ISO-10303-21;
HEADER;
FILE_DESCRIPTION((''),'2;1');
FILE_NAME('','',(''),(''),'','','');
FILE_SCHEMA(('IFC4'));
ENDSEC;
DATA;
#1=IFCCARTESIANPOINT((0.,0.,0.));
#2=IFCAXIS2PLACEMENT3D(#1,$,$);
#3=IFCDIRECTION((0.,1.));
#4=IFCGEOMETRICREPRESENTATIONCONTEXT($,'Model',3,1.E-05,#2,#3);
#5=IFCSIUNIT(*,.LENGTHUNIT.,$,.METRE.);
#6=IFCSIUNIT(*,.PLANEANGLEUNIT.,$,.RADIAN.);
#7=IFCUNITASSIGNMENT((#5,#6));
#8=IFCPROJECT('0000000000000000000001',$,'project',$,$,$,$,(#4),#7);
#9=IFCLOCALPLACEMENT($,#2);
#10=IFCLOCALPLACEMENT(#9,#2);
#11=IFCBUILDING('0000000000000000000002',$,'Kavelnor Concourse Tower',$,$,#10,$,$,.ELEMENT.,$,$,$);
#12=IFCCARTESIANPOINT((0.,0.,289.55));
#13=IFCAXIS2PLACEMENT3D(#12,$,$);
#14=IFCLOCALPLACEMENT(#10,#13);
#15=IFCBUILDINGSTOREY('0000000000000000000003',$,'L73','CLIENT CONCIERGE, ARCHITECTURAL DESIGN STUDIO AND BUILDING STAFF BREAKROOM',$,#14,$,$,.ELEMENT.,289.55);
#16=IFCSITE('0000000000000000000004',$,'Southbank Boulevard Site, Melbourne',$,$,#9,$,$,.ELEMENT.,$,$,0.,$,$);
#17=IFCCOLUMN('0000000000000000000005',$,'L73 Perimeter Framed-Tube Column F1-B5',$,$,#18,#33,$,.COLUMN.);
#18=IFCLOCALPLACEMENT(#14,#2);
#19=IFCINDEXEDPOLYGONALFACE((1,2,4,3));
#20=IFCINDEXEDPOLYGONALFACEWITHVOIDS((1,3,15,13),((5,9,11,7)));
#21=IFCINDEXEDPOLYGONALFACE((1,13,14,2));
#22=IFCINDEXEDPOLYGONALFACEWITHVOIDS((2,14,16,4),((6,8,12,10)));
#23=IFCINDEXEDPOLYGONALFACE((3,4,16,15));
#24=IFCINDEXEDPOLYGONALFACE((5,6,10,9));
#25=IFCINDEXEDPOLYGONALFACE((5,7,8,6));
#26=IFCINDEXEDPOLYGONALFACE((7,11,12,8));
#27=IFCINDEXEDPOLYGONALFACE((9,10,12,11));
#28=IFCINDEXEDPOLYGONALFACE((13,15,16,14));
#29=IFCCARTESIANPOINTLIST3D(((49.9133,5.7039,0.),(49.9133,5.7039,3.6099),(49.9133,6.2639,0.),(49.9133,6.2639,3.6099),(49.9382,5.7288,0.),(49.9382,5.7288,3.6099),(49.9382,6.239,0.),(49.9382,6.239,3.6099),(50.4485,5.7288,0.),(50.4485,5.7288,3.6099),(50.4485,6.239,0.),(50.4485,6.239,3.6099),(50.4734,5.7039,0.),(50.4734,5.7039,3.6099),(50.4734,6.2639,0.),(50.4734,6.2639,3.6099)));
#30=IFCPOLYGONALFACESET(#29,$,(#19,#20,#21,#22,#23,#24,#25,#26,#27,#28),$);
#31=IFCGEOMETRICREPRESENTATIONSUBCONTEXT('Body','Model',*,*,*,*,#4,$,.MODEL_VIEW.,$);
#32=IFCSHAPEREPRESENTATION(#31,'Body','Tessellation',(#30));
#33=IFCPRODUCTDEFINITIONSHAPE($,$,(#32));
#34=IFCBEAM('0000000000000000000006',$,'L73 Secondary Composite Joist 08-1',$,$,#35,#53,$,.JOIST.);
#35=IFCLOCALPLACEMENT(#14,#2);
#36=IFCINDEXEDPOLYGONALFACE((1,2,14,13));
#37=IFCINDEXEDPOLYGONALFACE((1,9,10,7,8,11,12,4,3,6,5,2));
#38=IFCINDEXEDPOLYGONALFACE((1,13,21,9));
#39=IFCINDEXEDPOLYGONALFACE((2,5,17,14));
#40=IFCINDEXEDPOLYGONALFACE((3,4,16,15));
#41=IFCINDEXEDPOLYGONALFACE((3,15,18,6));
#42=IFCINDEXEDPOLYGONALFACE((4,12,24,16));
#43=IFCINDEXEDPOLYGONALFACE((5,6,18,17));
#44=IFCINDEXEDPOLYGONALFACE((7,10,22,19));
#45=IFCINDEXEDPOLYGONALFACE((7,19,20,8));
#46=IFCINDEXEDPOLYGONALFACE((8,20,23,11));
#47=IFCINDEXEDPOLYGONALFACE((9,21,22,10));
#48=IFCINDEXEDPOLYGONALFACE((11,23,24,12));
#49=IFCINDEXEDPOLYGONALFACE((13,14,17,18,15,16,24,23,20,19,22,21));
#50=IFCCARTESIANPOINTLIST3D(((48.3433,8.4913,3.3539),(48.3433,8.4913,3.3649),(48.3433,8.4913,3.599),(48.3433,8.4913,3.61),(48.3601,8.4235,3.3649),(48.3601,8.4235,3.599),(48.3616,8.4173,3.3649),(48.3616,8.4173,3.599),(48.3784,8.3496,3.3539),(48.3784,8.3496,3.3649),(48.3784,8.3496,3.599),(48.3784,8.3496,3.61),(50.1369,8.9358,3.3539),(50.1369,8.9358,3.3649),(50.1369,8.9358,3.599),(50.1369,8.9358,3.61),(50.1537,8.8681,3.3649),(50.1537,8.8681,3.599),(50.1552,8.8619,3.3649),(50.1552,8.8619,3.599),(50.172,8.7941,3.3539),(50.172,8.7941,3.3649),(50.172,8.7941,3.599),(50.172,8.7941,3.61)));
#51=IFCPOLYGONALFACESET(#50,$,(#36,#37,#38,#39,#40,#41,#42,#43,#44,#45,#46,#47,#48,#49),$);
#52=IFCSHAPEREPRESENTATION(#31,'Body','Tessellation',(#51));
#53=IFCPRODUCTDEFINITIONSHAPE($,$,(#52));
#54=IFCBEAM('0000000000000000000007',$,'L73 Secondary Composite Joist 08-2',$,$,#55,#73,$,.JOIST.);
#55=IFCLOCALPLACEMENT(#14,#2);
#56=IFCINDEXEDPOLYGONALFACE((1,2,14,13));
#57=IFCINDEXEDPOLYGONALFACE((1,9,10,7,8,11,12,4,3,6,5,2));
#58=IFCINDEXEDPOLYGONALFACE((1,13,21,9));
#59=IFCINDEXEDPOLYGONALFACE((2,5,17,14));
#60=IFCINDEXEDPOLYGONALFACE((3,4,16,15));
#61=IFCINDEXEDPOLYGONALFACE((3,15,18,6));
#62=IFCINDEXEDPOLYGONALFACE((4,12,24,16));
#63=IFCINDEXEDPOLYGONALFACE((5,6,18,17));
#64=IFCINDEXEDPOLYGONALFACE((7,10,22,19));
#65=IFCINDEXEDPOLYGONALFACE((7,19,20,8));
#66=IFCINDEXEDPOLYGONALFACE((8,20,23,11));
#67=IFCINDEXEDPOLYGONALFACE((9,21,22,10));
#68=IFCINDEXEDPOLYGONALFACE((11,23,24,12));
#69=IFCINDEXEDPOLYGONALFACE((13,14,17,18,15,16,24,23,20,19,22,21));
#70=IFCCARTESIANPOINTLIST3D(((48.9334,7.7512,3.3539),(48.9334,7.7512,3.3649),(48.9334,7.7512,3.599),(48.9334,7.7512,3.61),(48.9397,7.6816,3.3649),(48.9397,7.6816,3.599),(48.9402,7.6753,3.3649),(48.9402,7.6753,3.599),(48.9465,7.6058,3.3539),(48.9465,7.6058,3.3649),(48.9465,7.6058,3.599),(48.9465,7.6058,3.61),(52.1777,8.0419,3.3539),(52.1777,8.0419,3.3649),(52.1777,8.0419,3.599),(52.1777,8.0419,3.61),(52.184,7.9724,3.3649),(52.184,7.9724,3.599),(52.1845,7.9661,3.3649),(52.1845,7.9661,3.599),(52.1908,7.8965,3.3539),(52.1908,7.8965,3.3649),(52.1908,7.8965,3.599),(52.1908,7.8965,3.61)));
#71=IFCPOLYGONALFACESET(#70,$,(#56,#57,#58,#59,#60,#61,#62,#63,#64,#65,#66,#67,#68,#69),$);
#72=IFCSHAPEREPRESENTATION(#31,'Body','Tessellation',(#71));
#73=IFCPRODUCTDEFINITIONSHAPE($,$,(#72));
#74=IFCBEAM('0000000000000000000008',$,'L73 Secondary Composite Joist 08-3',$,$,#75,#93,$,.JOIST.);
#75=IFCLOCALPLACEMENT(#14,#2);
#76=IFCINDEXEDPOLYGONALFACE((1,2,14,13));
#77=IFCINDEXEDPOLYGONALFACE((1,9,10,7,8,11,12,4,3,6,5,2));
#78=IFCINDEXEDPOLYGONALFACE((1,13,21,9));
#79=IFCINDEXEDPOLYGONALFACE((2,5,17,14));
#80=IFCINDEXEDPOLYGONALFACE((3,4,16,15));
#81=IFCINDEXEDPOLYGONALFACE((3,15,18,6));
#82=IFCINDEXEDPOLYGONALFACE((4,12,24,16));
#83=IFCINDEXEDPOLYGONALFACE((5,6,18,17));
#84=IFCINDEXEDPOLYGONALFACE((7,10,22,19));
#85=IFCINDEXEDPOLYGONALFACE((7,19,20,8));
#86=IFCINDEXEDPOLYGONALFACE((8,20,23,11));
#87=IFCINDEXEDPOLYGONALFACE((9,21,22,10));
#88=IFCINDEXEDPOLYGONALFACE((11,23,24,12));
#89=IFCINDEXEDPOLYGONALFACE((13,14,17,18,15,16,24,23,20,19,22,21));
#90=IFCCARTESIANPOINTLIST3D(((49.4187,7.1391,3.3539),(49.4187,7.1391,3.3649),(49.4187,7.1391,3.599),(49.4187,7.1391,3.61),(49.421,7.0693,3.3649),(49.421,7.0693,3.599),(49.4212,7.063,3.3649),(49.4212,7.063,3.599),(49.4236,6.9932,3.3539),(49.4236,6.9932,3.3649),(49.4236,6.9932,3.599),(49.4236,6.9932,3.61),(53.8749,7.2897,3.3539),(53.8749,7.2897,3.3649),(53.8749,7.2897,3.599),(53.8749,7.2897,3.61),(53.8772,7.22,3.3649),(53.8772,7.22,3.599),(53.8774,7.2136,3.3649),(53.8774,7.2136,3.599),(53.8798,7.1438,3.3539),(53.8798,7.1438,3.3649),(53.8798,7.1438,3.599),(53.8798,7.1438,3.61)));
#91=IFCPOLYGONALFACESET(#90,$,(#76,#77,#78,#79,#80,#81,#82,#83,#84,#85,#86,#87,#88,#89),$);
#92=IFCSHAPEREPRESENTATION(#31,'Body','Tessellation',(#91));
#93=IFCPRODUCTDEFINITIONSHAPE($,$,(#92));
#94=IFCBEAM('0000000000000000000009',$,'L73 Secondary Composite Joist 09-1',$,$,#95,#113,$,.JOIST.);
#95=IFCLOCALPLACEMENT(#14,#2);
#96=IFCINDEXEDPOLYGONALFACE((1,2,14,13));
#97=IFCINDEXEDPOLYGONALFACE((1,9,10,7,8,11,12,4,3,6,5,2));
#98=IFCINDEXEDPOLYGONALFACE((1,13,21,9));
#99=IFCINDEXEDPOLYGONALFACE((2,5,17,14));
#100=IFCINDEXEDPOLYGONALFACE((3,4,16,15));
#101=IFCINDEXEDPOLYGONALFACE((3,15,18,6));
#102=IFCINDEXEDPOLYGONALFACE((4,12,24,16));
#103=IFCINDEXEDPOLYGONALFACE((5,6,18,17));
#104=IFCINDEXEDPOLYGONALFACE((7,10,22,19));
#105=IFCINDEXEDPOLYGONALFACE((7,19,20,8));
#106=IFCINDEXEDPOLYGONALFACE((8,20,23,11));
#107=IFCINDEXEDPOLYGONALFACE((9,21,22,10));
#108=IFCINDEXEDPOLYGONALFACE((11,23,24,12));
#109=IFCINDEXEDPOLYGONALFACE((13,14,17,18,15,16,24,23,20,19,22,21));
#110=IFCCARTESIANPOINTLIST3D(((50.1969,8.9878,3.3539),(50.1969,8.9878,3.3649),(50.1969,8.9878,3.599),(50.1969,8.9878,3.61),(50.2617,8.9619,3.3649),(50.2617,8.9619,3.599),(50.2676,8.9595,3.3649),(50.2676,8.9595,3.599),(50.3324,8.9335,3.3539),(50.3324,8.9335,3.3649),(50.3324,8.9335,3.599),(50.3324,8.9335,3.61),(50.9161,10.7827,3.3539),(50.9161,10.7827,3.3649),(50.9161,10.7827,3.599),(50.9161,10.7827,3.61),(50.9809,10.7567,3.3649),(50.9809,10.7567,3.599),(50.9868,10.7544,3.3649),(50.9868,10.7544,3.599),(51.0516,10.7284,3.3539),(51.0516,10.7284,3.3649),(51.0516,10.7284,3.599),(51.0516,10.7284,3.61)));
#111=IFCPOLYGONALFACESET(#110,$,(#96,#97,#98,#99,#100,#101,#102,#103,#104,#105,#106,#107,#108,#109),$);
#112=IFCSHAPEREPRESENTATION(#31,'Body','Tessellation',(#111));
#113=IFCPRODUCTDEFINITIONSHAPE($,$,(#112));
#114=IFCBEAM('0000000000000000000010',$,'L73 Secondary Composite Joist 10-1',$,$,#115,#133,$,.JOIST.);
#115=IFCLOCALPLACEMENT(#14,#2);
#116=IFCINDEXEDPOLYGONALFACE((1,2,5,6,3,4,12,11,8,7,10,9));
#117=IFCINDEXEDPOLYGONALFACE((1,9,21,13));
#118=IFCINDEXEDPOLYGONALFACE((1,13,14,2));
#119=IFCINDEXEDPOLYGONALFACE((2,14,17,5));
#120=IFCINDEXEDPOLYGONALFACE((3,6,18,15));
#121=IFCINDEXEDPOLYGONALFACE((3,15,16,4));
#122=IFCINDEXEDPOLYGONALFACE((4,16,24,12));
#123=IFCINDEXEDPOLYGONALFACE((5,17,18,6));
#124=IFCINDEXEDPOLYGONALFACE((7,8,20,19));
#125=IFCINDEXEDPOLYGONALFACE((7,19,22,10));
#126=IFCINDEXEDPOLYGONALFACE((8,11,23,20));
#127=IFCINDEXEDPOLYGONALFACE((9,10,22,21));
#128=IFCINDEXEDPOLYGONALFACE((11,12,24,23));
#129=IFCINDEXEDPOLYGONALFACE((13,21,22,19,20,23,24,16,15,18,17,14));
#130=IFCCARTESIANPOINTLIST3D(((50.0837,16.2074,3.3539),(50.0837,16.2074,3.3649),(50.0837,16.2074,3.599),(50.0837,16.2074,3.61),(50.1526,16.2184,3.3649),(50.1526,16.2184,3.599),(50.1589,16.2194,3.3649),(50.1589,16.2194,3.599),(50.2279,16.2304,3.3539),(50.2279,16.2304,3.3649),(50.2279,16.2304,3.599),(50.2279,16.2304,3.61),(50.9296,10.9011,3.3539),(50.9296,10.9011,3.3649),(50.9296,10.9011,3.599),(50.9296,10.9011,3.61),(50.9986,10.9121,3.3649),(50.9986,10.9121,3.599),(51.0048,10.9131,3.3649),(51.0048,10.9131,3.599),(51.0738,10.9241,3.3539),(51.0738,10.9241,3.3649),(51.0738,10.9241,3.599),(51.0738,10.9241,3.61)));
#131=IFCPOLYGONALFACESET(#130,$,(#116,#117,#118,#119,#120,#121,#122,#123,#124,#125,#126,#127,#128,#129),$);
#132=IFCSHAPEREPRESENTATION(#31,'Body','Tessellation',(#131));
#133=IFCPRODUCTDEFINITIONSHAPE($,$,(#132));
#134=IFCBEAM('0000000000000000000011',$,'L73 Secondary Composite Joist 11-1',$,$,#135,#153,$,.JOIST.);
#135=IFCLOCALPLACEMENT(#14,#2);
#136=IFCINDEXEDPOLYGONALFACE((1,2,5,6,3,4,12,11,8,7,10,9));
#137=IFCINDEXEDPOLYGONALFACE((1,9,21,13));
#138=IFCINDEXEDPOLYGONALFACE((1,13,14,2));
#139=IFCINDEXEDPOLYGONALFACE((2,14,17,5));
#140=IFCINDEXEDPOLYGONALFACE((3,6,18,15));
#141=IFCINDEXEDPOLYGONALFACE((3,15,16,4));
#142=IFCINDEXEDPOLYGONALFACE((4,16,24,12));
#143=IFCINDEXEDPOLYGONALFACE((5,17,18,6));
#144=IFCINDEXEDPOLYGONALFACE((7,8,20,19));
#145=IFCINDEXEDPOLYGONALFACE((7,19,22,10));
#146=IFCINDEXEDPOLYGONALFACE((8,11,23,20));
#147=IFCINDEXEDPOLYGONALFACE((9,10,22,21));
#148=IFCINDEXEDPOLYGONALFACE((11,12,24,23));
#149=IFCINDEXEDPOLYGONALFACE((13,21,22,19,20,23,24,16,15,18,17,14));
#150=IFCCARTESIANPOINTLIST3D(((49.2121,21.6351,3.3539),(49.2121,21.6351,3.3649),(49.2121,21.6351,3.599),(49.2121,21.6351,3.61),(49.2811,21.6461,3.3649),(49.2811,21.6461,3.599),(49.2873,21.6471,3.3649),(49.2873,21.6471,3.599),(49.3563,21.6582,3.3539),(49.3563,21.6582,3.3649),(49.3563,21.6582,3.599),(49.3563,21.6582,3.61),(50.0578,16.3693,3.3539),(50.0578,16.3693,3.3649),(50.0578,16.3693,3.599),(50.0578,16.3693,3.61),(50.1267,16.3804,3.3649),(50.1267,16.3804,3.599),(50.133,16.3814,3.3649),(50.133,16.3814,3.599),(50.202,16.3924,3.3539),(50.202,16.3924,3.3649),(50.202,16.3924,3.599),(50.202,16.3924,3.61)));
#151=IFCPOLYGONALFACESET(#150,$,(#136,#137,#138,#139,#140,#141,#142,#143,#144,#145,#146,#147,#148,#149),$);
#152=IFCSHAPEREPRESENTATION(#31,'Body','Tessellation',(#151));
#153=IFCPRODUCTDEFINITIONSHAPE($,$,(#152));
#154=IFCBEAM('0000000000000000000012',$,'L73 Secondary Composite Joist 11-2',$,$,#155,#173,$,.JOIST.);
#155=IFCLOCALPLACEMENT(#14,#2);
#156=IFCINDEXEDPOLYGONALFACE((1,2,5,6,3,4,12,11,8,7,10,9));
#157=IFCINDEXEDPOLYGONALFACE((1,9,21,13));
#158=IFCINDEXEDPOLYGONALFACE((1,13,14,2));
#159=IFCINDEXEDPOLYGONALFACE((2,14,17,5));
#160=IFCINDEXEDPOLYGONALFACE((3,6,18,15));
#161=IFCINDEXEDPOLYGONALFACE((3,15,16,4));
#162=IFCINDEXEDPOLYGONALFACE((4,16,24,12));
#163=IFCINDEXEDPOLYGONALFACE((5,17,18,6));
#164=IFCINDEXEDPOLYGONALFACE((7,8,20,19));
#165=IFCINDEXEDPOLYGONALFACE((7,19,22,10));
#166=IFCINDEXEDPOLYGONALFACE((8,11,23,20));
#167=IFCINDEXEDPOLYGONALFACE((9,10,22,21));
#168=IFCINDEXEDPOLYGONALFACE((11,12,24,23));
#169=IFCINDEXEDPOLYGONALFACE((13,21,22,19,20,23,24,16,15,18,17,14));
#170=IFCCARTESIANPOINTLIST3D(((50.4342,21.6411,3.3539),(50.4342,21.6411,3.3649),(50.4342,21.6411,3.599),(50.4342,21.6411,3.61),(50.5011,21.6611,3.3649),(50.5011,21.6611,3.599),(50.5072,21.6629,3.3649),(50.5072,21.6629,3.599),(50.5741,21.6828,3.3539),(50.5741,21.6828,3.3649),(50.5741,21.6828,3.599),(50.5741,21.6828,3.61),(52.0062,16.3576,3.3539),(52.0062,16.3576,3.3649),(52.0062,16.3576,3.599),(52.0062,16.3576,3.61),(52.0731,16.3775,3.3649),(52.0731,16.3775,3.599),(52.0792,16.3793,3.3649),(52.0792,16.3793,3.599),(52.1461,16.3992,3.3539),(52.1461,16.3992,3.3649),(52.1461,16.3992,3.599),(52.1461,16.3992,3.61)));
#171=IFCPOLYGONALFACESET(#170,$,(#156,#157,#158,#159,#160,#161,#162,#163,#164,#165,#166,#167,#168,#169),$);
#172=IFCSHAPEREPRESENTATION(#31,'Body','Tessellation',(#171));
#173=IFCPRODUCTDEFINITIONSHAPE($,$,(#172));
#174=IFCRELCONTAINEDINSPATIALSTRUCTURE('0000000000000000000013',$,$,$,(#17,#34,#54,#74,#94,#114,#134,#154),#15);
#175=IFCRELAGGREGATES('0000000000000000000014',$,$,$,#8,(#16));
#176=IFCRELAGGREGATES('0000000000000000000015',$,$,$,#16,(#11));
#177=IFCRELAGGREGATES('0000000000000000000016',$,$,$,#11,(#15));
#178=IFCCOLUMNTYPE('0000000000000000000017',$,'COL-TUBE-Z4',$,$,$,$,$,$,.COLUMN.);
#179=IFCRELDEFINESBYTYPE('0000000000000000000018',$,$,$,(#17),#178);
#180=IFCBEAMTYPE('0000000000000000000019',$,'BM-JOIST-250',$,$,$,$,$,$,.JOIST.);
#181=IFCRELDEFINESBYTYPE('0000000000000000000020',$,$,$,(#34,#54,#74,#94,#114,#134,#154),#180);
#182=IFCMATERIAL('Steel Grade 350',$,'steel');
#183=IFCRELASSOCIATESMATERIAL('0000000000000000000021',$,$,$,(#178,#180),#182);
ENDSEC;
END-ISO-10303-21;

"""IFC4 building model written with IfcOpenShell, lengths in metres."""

from ifc_helpers import new_model, si_unit, direction, frame, origin, origin_2d, place, context, subcontext, project, spatial, hollow_rectangle, i_section, extrude, material, material_profile, profile_set, type_object, element, save


model = new_model("IFC4")

# Units and contexts
model_context = context("Model", 3, precision=1e-05, world=origin(), true_north=direction((0.0, 1.0)))
body_context = subcontext(model_context, "Body", "Model", "MODEL_VIEW")
ifc_project = project(units=[si_unit("LENGTHUNIT", "METRE"), si_unit("PLANEANGLEUNIT", "RADIAN")], contexts=[model_context])

# Site, building, storey
site_placement = place(None, origin())
site = spatial("IfcSite", under=ifc_project, at=site_placement, Name="Southbank Boulevard Site, Melbourne", CompositionType="ELEMENT", RefElevation=0.0)
building_placement = place(site_placement, origin())
building = spatial("IfcBuilding", under=site, at=building_placement, Name="Kavelnor Concourse Tower", CompositionType="ELEMENT")
storey_placement = place(building_placement, frame((0.0, 0.0, 289.55)))
storey = spatial("IfcBuildingStorey", under=building, at=storey_placement, Name="L73", Description="CLIENT CONCIERGE, ARCHITECTURAL DESIGN STUDIO AND BUILDING STAFF BREAKROOM", CompositionType="ELEMENT", Elevation=289.55)

# Column
ifc_material_1 = material(Name="Steel Grade 350", Category="steel")
ifc_material_profile_1 = material_profile(ifc_material_1, hollow_rectangle(XDim=0.5601, YDim=0.5601, WallThickness=0.0249, at=origin_2d()), Name="SHS 560x560x25")
ifc_profile_set_1 = profile_set([ifc_material_profile_1], Name="Steel Grade 350")
column_type = type_object("IfcColumnType", Name="COL-TUBE-Z4", PredefinedType="COLUMN", material=ifc_profile_set_1)
column_placement = place(storey_placement, frame((50.1934, 5.9839, 0.0), z_axis=(0.0, 0.0, 1.0), x_axis=(1.0, 0.0, 0.0)))
element("IfcColumn", 1, at=column_placement, inside=storey, type_object=column_type, Name="L73 Perimeter Framed-Tube Column F1-B5", PredefinedType="COLUMN", context=body_context, shape_type="SweptSolid", body=[
    extrude(hollow_rectangle(XDim=0.5601, YDim=0.5601, WallThickness=0.0249, at=origin_2d()), origin(), (0.0, 0.0, 1.0), 3.6099),
])

# Beams
ifc_material_profile_2 = material_profile(ifc_material_1, i_section(OverallWidth=0.146, OverallDepth=0.2561, WebThickness=0.0063, FlangeThickness=0.011, at=origin_2d()), Name="250UB37")
ifc_profile_set_2 = profile_set([ifc_material_profile_2], Name="Steel Grade 350")
beam_type_1 = type_object("IfcBeamType", Name="BM-JOIST-250", PredefinedType="JOIST", material=ifc_profile_set_2)
beam_1_placement = place(storey_placement, frame((48.3608, 8.4204, 3.4819), z_axis=(0.97063, 0.240577, 0.0), x_axis=(-0.240577, 0.97063, 0.0)))
element("IfcBeam", 2, at=beam_1_placement, inside=storey, type_object=beam_type_1, Name="L73 Secondary Composite Joist 08-1", PredefinedType="JOIST", context=body_context, shape_type="SweptSolid", body=[
    extrude(i_section(OverallWidth=0.146, OverallDepth=0.2561, WebThickness=0.0063, FlangeThickness=0.011, at=origin_2d()), origin(), (0.0, 0.0, 1.0), 1.8479),
])
beam_2_placement = place(storey_placement, frame((48.9399, 7.6785, 3.4819), z_axis=(0.996008, 0.089265, 0.0), x_axis=(-0.089265, 0.996008, 0.0)))
element("IfcBeam", 3, at=beam_2_placement, inside=storey, type_object=beam_type_1, Name="L73 Secondary Composite Joist 08-2", PredefinedType="JOIST", context=body_context, shape_type="SweptSolid", body=[
    extrude(i_section(OverallWidth=0.146, OverallDepth=0.2561, WebThickness=0.0063, FlangeThickness=0.011, at=origin_2d()), origin(), (0.0, 0.0, 1.0), 3.2573),
])
beam_3_placement = place(storey_placement, frame((49.4211, 7.0662, 3.4819), z_axis=(0.999429, 0.033783, 0.0), x_axis=(-0.033783, 0.999429, 0.0)))
element("IfcBeam", 4, at=beam_3_placement, inside=storey, type_object=beam_type_1, Name="L73 Secondary Composite Joist 08-3", PredefinedType="JOIST", context=body_context, shape_type="SweptSolid", body=[
    extrude(i_section(OverallWidth=0.146, OverallDepth=0.2561, WebThickness=0.0063, FlangeThickness=0.011, at=origin_2d()), origin(), (0.0, 0.0, 1.0), 4.4587),
])
beam_4_placement = place(storey_placement, frame((50.2646, 8.9607, 3.4819), z_axis=(0.371957, 0.92825, 0.0), x_axis=(-0.92825, 0.371957, 0.0)))
element("IfcBeam", 5, at=beam_4_placement, inside=storey, type_object=beam_type_1, Name="L73 Secondary Composite Joist 09-1", PredefinedType="JOIST", context=body_context, shape_type="SweptSolid", body=[
    extrude(i_section(OverallWidth=0.146, OverallDepth=0.2561, WebThickness=0.0063, FlangeThickness=0.011, at=origin_2d()), origin(), (0.0, 0.0, 1.0), 1.9336),
])
beam_5_placement = place(storey_placement, frame((51.0017, 10.9126, 3.4819), z_axis=(-0.157432, 0.98753, 0.0), x_axis=(-0.98753, -0.157432, 0.0)))
element("IfcBeam", 6, at=beam_5_placement, inside=storey, type_object=beam_type_1, Name="L73 Secondary Composite Joist 10-1", PredefinedType="JOIST", context=body_context, shape_type="SweptSolid", body=[
    extrude(i_section(OverallWidth=0.146, OverallDepth=0.2561, WebThickness=0.0063, FlangeThickness=0.011, at=origin_2d()), origin(), (0.0, 0.0, 1.0), 5.3733),
])
beam_6_placement = place(storey_placement, frame((50.1299, 16.3809, 3.4819), z_axis=(-0.158569, 0.987348, 0.0), x_axis=(-0.987348, -0.158569, 0.0)))
element("IfcBeam", 7, at=beam_6_placement, inside=storey, type_object=beam_type_1, Name="L73 Secondary Composite Joist 11-1", PredefinedType="JOIST", context=body_context, shape_type="SweptSolid", body=[
    extrude(i_section(OverallWidth=0.146, OverallDepth=0.2561, WebThickness=0.0063, FlangeThickness=0.011, at=origin_2d()), origin(), (0.0, 0.0, 1.0), 5.3333),
])
beam_7_placement = place(storey_placement, frame((52.0762, 16.3784, 3.4819), z_axis=(-0.285181, 0.958474, 0.0), x_axis=(-0.958474, -0.285181, 0.0)))
element("IfcBeam", 8, at=beam_7_placement, inside=storey, type_object=beam_type_1, Name="L73 Secondary Composite Joist 11-2", PredefinedType="JOIST", context=body_context, shape_type="SweptSolid", body=[
    extrude(i_section(OverallWidth=0.146, OverallDepth=0.2561, WebThickness=0.0063, FlangeThickness=0.011, at=origin_2d()), origin(), (0.0, 0.0, 1.0), 5.5125),
])

save(model, "model.ifc")
